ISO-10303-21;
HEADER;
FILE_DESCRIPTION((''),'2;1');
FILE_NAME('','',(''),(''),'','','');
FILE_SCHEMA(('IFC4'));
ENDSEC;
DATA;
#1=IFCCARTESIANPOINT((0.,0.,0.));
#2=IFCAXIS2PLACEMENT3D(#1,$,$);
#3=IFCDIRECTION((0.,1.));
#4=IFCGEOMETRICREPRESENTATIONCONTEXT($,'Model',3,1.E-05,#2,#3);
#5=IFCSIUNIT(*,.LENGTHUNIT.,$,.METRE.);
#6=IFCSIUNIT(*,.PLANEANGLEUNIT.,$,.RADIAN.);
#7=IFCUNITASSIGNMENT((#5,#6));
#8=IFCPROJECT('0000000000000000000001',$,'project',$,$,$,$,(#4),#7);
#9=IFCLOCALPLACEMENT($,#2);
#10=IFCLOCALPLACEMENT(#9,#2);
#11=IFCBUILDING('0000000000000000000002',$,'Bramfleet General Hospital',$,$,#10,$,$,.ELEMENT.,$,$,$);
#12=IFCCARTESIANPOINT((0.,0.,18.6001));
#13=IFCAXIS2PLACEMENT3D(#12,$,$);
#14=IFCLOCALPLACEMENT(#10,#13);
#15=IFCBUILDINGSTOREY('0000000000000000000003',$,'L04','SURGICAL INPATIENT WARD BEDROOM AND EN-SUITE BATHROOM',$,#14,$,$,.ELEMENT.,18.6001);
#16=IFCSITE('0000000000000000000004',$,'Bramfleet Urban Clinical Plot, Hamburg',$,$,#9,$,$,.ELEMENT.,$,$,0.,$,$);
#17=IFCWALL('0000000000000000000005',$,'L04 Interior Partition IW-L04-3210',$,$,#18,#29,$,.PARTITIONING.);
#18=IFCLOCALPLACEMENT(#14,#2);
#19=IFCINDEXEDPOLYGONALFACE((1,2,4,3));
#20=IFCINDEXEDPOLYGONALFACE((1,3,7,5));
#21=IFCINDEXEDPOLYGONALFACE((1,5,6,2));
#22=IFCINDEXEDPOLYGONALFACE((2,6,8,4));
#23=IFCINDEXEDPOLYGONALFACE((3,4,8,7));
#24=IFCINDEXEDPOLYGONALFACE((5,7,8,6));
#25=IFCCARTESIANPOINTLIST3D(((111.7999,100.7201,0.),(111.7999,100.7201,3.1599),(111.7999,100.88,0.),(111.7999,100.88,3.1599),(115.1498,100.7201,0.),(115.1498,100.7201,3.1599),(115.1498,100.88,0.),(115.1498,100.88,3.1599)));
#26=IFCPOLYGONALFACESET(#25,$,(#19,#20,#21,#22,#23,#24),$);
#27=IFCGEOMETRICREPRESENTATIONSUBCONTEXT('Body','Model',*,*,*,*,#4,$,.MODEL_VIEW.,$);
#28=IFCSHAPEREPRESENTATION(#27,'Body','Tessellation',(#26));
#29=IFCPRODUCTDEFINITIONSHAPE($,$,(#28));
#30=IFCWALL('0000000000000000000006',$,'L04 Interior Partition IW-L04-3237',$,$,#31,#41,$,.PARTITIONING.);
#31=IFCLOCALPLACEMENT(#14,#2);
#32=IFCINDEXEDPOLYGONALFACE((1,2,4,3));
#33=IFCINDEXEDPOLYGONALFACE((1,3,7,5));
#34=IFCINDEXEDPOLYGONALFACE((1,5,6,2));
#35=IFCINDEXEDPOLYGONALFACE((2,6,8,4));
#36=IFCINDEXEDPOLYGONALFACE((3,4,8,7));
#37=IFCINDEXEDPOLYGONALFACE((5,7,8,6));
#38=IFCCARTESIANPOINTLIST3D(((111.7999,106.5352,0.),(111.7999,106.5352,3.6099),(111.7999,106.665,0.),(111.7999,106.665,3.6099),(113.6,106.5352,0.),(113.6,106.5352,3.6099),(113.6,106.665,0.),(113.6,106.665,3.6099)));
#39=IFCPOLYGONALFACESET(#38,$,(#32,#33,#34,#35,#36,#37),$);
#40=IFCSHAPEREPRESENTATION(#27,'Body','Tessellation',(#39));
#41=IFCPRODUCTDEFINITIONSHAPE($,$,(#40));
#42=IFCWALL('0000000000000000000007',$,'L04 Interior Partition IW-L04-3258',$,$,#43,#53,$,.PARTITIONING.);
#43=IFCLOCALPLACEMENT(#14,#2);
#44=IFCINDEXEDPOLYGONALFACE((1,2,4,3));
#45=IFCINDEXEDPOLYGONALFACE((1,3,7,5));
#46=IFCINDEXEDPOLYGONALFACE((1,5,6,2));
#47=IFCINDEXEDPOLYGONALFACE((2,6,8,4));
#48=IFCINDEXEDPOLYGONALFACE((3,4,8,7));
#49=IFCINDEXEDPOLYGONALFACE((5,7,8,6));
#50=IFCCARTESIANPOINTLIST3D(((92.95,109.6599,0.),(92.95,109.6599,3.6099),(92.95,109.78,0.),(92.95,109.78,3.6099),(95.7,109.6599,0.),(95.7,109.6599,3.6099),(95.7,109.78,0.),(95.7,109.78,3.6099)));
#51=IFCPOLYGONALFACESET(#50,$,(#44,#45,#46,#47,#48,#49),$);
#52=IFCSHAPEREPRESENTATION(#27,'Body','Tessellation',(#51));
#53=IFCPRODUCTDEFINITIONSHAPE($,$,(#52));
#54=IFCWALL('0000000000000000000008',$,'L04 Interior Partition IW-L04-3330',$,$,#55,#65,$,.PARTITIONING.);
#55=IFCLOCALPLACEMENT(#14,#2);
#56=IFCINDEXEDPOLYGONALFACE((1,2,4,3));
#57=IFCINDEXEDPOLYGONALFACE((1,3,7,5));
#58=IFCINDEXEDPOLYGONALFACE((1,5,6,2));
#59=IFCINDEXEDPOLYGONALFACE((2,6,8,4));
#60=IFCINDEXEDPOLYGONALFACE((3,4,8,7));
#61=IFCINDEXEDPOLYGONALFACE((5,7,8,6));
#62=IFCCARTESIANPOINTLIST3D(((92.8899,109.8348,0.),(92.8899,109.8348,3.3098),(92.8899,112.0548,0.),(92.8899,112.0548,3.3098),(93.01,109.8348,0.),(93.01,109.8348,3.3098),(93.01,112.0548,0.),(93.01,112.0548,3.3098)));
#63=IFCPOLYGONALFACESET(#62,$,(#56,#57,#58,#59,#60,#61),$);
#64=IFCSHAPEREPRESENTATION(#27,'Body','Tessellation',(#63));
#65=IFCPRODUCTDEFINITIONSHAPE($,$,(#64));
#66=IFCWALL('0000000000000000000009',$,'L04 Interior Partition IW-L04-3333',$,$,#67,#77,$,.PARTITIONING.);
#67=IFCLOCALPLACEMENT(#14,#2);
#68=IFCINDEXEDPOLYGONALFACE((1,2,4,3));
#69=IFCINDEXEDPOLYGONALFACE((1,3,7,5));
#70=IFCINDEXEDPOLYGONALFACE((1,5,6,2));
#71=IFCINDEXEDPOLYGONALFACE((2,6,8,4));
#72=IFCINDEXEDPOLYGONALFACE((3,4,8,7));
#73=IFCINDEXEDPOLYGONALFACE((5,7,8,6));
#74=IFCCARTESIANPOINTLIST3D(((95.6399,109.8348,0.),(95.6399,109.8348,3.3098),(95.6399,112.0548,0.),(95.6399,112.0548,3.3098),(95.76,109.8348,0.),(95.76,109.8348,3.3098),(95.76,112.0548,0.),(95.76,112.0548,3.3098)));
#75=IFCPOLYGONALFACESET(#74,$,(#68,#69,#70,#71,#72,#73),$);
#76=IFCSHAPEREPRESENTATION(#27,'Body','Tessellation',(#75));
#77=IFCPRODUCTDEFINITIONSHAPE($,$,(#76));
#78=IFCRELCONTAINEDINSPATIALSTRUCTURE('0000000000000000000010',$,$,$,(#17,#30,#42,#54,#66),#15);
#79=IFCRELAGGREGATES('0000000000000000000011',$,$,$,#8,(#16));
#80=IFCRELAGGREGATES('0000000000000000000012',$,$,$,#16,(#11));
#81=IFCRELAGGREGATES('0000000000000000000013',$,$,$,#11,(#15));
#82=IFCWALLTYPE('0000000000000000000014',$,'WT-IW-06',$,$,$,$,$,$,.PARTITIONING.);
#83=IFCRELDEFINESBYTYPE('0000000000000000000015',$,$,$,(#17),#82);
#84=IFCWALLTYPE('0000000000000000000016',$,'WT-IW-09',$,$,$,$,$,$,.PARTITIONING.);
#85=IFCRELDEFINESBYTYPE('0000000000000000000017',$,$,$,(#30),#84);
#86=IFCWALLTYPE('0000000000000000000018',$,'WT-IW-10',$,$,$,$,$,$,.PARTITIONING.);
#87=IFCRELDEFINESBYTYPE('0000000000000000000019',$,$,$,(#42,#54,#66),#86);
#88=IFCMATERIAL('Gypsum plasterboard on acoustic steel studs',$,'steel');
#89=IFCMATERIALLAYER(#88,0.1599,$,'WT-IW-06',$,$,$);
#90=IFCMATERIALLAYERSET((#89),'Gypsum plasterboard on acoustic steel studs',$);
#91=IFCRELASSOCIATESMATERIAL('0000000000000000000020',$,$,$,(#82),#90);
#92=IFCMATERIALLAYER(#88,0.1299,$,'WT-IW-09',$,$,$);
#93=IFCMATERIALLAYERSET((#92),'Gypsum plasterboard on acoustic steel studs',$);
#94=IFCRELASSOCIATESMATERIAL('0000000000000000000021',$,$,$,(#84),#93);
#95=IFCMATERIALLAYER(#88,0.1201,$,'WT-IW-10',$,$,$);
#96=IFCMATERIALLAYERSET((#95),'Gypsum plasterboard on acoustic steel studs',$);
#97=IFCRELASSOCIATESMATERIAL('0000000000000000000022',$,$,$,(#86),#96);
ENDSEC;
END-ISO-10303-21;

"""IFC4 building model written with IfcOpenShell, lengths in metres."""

from ifc_helpers import new_model, si_unit, direction, frame, frame_2d, origin, place, context, subcontext, project, spatial, rectangle, extrude, material, layer, layer_set, type_object, element, save


model = new_model("IFC4")

# Units and contexts
model_context = context("Model", 3, precision=1e-05, world=origin(), true_north=direction((0.0, 1.0)))
body_context = subcontext(model_context, "Body", "Model", "MODEL_VIEW")
ifc_project = project(units=[si_unit("LENGTHUNIT", "METRE"), si_unit("PLANEANGLEUNIT", "RADIAN")], contexts=[model_context])

# Site, building, storey
site_placement = place(None, origin())
site = spatial("IfcSite", under=ifc_project, at=site_placement, Name="Bramfleet Urban Clinical Plot, Hamburg", CompositionType="ELEMENT", RefElevation=0.0)
building_placement = place(site_placement, origin())
building = spatial("IfcBuilding", under=site, at=building_placement, Name="Bramfleet General Hospital", CompositionType="ELEMENT")
storey_placement = place(building_placement, frame((0.0, 0.0, 18.6001)))
storey = spatial("IfcBuildingStorey", under=building, at=storey_placement, Name="L04", Description="SURGICAL INPATIENT WARD BEDROOM AND EN-SUITE BATHROOM", CompositionType="ELEMENT", Elevation=18.6001)

# Wall
ifc_material_1 = material(Name="Gypsum plasterboard on acoustic steel studs", Category="steel")
ifc_layer_1 = layer(ifc_material_1, 0.1599, Name="WT-IW-06")
ifc_layer_set_1 = layer_set([ifc_layer_1], Name="Gypsum plasterboard on acoustic steel studs")
wall_type_1 = type_object("IfcWallType", Name="WT-IW-06", PredefinedType="PARTITIONING", material=ifc_layer_set_1)
wall_1_placement = place(storey_placement, frame((111.8, 100.8, 0.0), z_axis=(0.0, 0.0, 1.0), x_axis=(1.0, 0.0, 0.0)))
element("IfcWall", 1, at=wall_1_placement, inside=storey, type_object=wall_type_1, Name="L04 Interior Partition IW-L04-3210", PredefinedType="PARTITIONING", context=body_context, shape_type="SweptSolid", body=[
    extrude(rectangle(XDim=3.3499, YDim=0.1599, at=frame_2d((1.6748, 0.0))), origin(), (0.0, 0.0, 1.0), 3.1599),
])

# Shared definitions
ifc_layer_2 = layer(ifc_material_1, 0.1299, Name="WT-IW-09")
ifc_layer_set_2 = layer_set([ifc_layer_2], Name="Gypsum plasterboard on acoustic steel studs")
wall_type_2 = type_object("IfcWallType", Name="WT-IW-09", PredefinedType="PARTITIONING", material=ifc_layer_set_2)

# Walls
wall_2_placement = place(storey_placement, frame((111.8, 106.6001, 0.0), z_axis=(0.0, 0.0, 1.0), x_axis=(1.0, 0.0, 0.0)))
element("IfcWall", 2, at=wall_2_placement, inside=storey, type_object=wall_type_2, Name="L04 Interior Partition IW-L04-3237", PredefinedType="PARTITIONING", context=body_context, shape_type="SweptSolid", body=[
    extrude(rectangle(XDim=1.8, YDim=0.1299, at=frame_2d((0.8999, 0.0))), origin(), (0.0, 0.0, 1.0), 3.6099),
])
ifc_layer_3 = layer(ifc_material_1, 0.1201, Name="WT-IW-10")
ifc_layer_set_3 = layer_set([ifc_layer_3], Name="Gypsum plasterboard on acoustic steel studs")
wall_type_3 = type_object("IfcWallType", Name="WT-IW-10", PredefinedType="PARTITIONING", material=ifc_layer_set_3)
wall_3_placement = place(storey_placement, frame((92.95, 109.72, 0.0), z_axis=(0.0, 0.0, 1.0), x_axis=(1.0, 0.0, 0.0)))
element("IfcWall", 3, at=wall_3_placement, inside=storey, type_object=wall_type_3, Name="L04 Interior Partition IW-L04-3258", PredefinedType="PARTITIONING", context=body_context, shape_type="SweptSolid", body=[
    extrude(rectangle(XDim=2.75, YDim=0.1201, at=frame_2d((1.375, 0.0))), origin(), (0.0, 0.0, 1.0), 3.6099),
])
for number, where, z_axis, x_axis, name in (
    (4, (92.95, 109.835, 0.0), (0.0, 0.0, 1.0), (0.0, 1.0, 0.0), "L04 Interior Partition IW-L04-3330"),
    (5, (95.7, 109.835, 0.0), (0.0, 0.0, 1.0), (0.0, 1.0, 0.0), "L04 Interior Partition IW-L04-3333"),
):
    element("IfcWall", number, at=place(storey_placement, frame(where, z_axis=z_axis, x_axis=x_axis)), inside=storey, type_object=wall_type_3, Name=name, PredefinedType="PARTITIONING", context=body_context, shape_type="SweptSolid", body=[
        extrude(rectangle(XDim=2.22, YDim=0.1201, at=frame_2d((1.1099, 0.0))), origin(), (0.0, 0.0, 1.0), 3.3098),
    ])

save(model, "model.ifc")
